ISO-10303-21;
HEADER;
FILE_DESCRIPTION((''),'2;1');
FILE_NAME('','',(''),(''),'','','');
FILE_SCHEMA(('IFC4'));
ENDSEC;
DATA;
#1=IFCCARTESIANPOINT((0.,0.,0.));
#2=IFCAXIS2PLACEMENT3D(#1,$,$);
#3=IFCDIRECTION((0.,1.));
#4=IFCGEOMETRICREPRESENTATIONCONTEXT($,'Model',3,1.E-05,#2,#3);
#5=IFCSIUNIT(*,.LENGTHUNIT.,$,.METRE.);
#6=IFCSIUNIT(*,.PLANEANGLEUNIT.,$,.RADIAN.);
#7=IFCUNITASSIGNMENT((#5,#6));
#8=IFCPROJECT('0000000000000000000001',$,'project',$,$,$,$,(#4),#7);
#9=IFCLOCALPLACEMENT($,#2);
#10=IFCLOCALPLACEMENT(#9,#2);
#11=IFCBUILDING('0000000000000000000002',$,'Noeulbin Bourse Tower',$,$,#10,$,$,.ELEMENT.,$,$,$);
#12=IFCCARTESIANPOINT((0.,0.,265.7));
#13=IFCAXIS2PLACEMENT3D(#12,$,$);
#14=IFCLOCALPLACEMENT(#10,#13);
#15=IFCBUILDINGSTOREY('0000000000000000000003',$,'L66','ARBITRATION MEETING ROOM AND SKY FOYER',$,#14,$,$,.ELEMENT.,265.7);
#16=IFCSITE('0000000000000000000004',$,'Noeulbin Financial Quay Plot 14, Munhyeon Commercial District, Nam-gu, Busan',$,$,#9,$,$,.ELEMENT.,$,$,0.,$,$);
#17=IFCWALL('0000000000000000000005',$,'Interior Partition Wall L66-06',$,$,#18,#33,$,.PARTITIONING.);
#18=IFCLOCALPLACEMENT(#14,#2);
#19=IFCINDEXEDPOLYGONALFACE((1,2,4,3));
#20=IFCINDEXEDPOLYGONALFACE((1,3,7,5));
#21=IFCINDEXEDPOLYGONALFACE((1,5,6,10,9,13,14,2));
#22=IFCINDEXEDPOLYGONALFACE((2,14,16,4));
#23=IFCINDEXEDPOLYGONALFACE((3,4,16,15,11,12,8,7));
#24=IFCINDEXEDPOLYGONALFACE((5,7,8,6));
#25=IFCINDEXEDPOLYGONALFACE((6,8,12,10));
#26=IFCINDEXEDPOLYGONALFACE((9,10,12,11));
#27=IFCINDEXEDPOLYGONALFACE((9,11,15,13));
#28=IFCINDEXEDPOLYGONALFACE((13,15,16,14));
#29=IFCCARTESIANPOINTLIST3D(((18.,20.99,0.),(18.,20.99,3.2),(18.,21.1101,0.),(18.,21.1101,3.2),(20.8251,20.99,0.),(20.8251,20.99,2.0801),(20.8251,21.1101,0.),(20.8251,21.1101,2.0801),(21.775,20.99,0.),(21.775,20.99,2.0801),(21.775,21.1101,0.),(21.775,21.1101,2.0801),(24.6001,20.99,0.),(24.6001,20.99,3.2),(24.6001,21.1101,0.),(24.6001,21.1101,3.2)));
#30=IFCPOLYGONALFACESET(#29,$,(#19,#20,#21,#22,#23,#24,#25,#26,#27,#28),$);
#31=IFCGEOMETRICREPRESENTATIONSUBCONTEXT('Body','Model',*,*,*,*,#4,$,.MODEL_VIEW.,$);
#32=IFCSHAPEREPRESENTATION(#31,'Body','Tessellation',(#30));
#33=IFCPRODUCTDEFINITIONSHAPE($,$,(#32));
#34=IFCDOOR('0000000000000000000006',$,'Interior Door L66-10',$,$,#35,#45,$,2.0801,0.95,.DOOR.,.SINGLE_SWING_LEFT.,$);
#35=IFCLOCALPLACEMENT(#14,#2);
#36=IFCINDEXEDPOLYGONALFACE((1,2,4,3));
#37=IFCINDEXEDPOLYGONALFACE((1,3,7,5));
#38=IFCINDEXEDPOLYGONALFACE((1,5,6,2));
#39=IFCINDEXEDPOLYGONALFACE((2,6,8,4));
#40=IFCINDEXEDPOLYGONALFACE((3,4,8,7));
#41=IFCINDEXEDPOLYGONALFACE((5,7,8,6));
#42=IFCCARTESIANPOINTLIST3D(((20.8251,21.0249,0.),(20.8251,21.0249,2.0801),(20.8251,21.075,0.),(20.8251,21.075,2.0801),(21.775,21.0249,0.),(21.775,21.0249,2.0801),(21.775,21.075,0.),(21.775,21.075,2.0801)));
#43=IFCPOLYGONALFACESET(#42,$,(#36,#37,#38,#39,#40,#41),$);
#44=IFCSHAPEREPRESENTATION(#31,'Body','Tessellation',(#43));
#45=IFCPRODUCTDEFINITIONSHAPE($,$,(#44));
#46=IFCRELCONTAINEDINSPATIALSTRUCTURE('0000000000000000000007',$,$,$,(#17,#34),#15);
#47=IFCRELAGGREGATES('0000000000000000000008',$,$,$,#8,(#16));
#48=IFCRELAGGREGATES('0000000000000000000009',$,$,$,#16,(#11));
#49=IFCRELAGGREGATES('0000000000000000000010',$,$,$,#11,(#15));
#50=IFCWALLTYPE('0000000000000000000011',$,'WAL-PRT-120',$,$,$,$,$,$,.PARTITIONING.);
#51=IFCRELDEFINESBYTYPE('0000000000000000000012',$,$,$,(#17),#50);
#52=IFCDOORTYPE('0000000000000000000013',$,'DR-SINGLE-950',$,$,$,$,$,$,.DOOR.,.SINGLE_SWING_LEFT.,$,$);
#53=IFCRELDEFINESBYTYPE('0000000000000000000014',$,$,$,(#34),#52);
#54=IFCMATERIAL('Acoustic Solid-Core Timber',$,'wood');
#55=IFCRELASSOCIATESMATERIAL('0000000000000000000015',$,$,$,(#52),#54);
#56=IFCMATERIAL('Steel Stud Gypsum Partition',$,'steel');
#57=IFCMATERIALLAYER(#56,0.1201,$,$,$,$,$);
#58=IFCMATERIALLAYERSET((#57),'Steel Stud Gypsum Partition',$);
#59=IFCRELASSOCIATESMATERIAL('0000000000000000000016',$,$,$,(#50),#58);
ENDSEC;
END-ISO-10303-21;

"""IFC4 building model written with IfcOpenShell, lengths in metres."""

from ifc_helpers import new_model, si_unit, direction, frame, frame_2d, origin, place, context, subcontext, project, spatial, rectangle, extrude, material, layer, layer_set, type_object, element, fill, save


model = new_model("IFC4")

# Units and contexts
model_context = context("Model", 3, precision=1e-05, world=origin(), true_north=direction((0.0, 1.0)))
body_context = subcontext(model_context, "Body", "Model", "MODEL_VIEW")
ifc_project = project(units=[si_unit("LENGTHUNIT", "METRE"), si_unit("PLANEANGLEUNIT", "RADIAN")], contexts=[model_context])

# Site, building, storey
site_placement = place(None, origin())
site = spatial("IfcSite", under=ifc_project, at=site_placement, Name="Noeulbin Financial Quay Plot 14, Munhyeon Commercial District, Nam-gu, Busan", CompositionType="ELEMENT", RefElevation=0.0)
building_placement = place(site_placement, origin())
building = spatial("IfcBuilding", under=site, at=building_placement, Name="Noeulbin Bourse Tower", CompositionType="ELEMENT")
storey_placement = place(building_placement, frame((0.0, 0.0, 265.7)))
storey = spatial("IfcBuildingStorey", under=building, at=storey_placement, Name="L66", Description="ARBITRATION MEETING ROOM AND SKY FOYER", CompositionType="ELEMENT", Elevation=265.7)

# Shared definitions
ifc_material_1 = material(Name="Acoustic Solid-Core Timber", Category="wood")
door_type_1 = type_object("IfcDoorType", Name="DR-SINGLE-950", OperationType="SINGLE_SWING_LEFT", PredefinedType="DOOR", material=ifc_material_1)

# Wall, opening, door
ifc_material_2 = material(Name="Steel Stud Gypsum Partition", Category="steel")
ifc_layer_1 = layer(ifc_material_2, 0.1201)
ifc_layer_set_1 = layer_set([ifc_layer_1], Name="Steel Stud Gypsum Partition")
wall_type_1 = type_object("IfcWallType", Name="WAL-PRT-120", PredefinedType="PARTITIONING", material=ifc_layer_set_1)
wall_1_placement = place(storey_placement, frame((18.0, 21.05, 0.0), z_axis=(0.0, 0.0, 1.0), x_axis=(1.0, 0.0, 0.0)))
wall_1 = element("IfcWall", 1, at=wall_1_placement, inside=storey, type_object=wall_type_1, Name="Interior Partition Wall L66-06", PredefinedType="PARTITIONING", context=body_context, shape_type="SweptSolid", body=[
    extrude(rectangle(XDim=6.6001, YDim=0.1201, at=frame_2d((3.3, 0.0))), origin(), (0.0, 0.0, 1.0), 3.2),
])
opening_1_placement = place(wall_1_placement, frame((2.825, 0.0, 0.0)))
opening_1 = element("IfcOpeningElement", 2, at=opening_1_placement, cuts=wall_1, PredefinedType="OPENING", context=body_context, shape_type="SweptSolid", body=[
    extrude(rectangle(XDim=0.95, YDim=2.0801, at=frame_2d((0.4751, 1.04))), frame((0.0, 0.0701, 0.0), z_axis=(0.0, -1.0, 0.0), x_axis=(1.0, 0.0, 0.0)), (0.0, 0.0, 1.0), 0.1401),
])
door_1_placement = place(opening_1_placement, origin())
door_1 = element("IfcDoor", 3, at=door_1_placement, inside=storey, type_object=door_type_1, Name="Interior Door L66-10", OperationType="SINGLE_SWING_LEFT", OverallHeight=2.0801, OverallWidth=0.95, PredefinedType="DOOR", context=body_context, shape_type="SweptSolid", body=[
    extrude(rectangle(XDim=0.95, YDim=2.0801, at=frame_2d((0.4751, 1.04))), frame((0.0, 0.0249, 0.0), z_axis=(0.0, -1.0, 0.0), x_axis=(1.0, 0.0, 0.0)), (0.0, 0.0, 1.0), 0.05),
])
fill(opening_1, door_1)

save(model, "model.ifc")
